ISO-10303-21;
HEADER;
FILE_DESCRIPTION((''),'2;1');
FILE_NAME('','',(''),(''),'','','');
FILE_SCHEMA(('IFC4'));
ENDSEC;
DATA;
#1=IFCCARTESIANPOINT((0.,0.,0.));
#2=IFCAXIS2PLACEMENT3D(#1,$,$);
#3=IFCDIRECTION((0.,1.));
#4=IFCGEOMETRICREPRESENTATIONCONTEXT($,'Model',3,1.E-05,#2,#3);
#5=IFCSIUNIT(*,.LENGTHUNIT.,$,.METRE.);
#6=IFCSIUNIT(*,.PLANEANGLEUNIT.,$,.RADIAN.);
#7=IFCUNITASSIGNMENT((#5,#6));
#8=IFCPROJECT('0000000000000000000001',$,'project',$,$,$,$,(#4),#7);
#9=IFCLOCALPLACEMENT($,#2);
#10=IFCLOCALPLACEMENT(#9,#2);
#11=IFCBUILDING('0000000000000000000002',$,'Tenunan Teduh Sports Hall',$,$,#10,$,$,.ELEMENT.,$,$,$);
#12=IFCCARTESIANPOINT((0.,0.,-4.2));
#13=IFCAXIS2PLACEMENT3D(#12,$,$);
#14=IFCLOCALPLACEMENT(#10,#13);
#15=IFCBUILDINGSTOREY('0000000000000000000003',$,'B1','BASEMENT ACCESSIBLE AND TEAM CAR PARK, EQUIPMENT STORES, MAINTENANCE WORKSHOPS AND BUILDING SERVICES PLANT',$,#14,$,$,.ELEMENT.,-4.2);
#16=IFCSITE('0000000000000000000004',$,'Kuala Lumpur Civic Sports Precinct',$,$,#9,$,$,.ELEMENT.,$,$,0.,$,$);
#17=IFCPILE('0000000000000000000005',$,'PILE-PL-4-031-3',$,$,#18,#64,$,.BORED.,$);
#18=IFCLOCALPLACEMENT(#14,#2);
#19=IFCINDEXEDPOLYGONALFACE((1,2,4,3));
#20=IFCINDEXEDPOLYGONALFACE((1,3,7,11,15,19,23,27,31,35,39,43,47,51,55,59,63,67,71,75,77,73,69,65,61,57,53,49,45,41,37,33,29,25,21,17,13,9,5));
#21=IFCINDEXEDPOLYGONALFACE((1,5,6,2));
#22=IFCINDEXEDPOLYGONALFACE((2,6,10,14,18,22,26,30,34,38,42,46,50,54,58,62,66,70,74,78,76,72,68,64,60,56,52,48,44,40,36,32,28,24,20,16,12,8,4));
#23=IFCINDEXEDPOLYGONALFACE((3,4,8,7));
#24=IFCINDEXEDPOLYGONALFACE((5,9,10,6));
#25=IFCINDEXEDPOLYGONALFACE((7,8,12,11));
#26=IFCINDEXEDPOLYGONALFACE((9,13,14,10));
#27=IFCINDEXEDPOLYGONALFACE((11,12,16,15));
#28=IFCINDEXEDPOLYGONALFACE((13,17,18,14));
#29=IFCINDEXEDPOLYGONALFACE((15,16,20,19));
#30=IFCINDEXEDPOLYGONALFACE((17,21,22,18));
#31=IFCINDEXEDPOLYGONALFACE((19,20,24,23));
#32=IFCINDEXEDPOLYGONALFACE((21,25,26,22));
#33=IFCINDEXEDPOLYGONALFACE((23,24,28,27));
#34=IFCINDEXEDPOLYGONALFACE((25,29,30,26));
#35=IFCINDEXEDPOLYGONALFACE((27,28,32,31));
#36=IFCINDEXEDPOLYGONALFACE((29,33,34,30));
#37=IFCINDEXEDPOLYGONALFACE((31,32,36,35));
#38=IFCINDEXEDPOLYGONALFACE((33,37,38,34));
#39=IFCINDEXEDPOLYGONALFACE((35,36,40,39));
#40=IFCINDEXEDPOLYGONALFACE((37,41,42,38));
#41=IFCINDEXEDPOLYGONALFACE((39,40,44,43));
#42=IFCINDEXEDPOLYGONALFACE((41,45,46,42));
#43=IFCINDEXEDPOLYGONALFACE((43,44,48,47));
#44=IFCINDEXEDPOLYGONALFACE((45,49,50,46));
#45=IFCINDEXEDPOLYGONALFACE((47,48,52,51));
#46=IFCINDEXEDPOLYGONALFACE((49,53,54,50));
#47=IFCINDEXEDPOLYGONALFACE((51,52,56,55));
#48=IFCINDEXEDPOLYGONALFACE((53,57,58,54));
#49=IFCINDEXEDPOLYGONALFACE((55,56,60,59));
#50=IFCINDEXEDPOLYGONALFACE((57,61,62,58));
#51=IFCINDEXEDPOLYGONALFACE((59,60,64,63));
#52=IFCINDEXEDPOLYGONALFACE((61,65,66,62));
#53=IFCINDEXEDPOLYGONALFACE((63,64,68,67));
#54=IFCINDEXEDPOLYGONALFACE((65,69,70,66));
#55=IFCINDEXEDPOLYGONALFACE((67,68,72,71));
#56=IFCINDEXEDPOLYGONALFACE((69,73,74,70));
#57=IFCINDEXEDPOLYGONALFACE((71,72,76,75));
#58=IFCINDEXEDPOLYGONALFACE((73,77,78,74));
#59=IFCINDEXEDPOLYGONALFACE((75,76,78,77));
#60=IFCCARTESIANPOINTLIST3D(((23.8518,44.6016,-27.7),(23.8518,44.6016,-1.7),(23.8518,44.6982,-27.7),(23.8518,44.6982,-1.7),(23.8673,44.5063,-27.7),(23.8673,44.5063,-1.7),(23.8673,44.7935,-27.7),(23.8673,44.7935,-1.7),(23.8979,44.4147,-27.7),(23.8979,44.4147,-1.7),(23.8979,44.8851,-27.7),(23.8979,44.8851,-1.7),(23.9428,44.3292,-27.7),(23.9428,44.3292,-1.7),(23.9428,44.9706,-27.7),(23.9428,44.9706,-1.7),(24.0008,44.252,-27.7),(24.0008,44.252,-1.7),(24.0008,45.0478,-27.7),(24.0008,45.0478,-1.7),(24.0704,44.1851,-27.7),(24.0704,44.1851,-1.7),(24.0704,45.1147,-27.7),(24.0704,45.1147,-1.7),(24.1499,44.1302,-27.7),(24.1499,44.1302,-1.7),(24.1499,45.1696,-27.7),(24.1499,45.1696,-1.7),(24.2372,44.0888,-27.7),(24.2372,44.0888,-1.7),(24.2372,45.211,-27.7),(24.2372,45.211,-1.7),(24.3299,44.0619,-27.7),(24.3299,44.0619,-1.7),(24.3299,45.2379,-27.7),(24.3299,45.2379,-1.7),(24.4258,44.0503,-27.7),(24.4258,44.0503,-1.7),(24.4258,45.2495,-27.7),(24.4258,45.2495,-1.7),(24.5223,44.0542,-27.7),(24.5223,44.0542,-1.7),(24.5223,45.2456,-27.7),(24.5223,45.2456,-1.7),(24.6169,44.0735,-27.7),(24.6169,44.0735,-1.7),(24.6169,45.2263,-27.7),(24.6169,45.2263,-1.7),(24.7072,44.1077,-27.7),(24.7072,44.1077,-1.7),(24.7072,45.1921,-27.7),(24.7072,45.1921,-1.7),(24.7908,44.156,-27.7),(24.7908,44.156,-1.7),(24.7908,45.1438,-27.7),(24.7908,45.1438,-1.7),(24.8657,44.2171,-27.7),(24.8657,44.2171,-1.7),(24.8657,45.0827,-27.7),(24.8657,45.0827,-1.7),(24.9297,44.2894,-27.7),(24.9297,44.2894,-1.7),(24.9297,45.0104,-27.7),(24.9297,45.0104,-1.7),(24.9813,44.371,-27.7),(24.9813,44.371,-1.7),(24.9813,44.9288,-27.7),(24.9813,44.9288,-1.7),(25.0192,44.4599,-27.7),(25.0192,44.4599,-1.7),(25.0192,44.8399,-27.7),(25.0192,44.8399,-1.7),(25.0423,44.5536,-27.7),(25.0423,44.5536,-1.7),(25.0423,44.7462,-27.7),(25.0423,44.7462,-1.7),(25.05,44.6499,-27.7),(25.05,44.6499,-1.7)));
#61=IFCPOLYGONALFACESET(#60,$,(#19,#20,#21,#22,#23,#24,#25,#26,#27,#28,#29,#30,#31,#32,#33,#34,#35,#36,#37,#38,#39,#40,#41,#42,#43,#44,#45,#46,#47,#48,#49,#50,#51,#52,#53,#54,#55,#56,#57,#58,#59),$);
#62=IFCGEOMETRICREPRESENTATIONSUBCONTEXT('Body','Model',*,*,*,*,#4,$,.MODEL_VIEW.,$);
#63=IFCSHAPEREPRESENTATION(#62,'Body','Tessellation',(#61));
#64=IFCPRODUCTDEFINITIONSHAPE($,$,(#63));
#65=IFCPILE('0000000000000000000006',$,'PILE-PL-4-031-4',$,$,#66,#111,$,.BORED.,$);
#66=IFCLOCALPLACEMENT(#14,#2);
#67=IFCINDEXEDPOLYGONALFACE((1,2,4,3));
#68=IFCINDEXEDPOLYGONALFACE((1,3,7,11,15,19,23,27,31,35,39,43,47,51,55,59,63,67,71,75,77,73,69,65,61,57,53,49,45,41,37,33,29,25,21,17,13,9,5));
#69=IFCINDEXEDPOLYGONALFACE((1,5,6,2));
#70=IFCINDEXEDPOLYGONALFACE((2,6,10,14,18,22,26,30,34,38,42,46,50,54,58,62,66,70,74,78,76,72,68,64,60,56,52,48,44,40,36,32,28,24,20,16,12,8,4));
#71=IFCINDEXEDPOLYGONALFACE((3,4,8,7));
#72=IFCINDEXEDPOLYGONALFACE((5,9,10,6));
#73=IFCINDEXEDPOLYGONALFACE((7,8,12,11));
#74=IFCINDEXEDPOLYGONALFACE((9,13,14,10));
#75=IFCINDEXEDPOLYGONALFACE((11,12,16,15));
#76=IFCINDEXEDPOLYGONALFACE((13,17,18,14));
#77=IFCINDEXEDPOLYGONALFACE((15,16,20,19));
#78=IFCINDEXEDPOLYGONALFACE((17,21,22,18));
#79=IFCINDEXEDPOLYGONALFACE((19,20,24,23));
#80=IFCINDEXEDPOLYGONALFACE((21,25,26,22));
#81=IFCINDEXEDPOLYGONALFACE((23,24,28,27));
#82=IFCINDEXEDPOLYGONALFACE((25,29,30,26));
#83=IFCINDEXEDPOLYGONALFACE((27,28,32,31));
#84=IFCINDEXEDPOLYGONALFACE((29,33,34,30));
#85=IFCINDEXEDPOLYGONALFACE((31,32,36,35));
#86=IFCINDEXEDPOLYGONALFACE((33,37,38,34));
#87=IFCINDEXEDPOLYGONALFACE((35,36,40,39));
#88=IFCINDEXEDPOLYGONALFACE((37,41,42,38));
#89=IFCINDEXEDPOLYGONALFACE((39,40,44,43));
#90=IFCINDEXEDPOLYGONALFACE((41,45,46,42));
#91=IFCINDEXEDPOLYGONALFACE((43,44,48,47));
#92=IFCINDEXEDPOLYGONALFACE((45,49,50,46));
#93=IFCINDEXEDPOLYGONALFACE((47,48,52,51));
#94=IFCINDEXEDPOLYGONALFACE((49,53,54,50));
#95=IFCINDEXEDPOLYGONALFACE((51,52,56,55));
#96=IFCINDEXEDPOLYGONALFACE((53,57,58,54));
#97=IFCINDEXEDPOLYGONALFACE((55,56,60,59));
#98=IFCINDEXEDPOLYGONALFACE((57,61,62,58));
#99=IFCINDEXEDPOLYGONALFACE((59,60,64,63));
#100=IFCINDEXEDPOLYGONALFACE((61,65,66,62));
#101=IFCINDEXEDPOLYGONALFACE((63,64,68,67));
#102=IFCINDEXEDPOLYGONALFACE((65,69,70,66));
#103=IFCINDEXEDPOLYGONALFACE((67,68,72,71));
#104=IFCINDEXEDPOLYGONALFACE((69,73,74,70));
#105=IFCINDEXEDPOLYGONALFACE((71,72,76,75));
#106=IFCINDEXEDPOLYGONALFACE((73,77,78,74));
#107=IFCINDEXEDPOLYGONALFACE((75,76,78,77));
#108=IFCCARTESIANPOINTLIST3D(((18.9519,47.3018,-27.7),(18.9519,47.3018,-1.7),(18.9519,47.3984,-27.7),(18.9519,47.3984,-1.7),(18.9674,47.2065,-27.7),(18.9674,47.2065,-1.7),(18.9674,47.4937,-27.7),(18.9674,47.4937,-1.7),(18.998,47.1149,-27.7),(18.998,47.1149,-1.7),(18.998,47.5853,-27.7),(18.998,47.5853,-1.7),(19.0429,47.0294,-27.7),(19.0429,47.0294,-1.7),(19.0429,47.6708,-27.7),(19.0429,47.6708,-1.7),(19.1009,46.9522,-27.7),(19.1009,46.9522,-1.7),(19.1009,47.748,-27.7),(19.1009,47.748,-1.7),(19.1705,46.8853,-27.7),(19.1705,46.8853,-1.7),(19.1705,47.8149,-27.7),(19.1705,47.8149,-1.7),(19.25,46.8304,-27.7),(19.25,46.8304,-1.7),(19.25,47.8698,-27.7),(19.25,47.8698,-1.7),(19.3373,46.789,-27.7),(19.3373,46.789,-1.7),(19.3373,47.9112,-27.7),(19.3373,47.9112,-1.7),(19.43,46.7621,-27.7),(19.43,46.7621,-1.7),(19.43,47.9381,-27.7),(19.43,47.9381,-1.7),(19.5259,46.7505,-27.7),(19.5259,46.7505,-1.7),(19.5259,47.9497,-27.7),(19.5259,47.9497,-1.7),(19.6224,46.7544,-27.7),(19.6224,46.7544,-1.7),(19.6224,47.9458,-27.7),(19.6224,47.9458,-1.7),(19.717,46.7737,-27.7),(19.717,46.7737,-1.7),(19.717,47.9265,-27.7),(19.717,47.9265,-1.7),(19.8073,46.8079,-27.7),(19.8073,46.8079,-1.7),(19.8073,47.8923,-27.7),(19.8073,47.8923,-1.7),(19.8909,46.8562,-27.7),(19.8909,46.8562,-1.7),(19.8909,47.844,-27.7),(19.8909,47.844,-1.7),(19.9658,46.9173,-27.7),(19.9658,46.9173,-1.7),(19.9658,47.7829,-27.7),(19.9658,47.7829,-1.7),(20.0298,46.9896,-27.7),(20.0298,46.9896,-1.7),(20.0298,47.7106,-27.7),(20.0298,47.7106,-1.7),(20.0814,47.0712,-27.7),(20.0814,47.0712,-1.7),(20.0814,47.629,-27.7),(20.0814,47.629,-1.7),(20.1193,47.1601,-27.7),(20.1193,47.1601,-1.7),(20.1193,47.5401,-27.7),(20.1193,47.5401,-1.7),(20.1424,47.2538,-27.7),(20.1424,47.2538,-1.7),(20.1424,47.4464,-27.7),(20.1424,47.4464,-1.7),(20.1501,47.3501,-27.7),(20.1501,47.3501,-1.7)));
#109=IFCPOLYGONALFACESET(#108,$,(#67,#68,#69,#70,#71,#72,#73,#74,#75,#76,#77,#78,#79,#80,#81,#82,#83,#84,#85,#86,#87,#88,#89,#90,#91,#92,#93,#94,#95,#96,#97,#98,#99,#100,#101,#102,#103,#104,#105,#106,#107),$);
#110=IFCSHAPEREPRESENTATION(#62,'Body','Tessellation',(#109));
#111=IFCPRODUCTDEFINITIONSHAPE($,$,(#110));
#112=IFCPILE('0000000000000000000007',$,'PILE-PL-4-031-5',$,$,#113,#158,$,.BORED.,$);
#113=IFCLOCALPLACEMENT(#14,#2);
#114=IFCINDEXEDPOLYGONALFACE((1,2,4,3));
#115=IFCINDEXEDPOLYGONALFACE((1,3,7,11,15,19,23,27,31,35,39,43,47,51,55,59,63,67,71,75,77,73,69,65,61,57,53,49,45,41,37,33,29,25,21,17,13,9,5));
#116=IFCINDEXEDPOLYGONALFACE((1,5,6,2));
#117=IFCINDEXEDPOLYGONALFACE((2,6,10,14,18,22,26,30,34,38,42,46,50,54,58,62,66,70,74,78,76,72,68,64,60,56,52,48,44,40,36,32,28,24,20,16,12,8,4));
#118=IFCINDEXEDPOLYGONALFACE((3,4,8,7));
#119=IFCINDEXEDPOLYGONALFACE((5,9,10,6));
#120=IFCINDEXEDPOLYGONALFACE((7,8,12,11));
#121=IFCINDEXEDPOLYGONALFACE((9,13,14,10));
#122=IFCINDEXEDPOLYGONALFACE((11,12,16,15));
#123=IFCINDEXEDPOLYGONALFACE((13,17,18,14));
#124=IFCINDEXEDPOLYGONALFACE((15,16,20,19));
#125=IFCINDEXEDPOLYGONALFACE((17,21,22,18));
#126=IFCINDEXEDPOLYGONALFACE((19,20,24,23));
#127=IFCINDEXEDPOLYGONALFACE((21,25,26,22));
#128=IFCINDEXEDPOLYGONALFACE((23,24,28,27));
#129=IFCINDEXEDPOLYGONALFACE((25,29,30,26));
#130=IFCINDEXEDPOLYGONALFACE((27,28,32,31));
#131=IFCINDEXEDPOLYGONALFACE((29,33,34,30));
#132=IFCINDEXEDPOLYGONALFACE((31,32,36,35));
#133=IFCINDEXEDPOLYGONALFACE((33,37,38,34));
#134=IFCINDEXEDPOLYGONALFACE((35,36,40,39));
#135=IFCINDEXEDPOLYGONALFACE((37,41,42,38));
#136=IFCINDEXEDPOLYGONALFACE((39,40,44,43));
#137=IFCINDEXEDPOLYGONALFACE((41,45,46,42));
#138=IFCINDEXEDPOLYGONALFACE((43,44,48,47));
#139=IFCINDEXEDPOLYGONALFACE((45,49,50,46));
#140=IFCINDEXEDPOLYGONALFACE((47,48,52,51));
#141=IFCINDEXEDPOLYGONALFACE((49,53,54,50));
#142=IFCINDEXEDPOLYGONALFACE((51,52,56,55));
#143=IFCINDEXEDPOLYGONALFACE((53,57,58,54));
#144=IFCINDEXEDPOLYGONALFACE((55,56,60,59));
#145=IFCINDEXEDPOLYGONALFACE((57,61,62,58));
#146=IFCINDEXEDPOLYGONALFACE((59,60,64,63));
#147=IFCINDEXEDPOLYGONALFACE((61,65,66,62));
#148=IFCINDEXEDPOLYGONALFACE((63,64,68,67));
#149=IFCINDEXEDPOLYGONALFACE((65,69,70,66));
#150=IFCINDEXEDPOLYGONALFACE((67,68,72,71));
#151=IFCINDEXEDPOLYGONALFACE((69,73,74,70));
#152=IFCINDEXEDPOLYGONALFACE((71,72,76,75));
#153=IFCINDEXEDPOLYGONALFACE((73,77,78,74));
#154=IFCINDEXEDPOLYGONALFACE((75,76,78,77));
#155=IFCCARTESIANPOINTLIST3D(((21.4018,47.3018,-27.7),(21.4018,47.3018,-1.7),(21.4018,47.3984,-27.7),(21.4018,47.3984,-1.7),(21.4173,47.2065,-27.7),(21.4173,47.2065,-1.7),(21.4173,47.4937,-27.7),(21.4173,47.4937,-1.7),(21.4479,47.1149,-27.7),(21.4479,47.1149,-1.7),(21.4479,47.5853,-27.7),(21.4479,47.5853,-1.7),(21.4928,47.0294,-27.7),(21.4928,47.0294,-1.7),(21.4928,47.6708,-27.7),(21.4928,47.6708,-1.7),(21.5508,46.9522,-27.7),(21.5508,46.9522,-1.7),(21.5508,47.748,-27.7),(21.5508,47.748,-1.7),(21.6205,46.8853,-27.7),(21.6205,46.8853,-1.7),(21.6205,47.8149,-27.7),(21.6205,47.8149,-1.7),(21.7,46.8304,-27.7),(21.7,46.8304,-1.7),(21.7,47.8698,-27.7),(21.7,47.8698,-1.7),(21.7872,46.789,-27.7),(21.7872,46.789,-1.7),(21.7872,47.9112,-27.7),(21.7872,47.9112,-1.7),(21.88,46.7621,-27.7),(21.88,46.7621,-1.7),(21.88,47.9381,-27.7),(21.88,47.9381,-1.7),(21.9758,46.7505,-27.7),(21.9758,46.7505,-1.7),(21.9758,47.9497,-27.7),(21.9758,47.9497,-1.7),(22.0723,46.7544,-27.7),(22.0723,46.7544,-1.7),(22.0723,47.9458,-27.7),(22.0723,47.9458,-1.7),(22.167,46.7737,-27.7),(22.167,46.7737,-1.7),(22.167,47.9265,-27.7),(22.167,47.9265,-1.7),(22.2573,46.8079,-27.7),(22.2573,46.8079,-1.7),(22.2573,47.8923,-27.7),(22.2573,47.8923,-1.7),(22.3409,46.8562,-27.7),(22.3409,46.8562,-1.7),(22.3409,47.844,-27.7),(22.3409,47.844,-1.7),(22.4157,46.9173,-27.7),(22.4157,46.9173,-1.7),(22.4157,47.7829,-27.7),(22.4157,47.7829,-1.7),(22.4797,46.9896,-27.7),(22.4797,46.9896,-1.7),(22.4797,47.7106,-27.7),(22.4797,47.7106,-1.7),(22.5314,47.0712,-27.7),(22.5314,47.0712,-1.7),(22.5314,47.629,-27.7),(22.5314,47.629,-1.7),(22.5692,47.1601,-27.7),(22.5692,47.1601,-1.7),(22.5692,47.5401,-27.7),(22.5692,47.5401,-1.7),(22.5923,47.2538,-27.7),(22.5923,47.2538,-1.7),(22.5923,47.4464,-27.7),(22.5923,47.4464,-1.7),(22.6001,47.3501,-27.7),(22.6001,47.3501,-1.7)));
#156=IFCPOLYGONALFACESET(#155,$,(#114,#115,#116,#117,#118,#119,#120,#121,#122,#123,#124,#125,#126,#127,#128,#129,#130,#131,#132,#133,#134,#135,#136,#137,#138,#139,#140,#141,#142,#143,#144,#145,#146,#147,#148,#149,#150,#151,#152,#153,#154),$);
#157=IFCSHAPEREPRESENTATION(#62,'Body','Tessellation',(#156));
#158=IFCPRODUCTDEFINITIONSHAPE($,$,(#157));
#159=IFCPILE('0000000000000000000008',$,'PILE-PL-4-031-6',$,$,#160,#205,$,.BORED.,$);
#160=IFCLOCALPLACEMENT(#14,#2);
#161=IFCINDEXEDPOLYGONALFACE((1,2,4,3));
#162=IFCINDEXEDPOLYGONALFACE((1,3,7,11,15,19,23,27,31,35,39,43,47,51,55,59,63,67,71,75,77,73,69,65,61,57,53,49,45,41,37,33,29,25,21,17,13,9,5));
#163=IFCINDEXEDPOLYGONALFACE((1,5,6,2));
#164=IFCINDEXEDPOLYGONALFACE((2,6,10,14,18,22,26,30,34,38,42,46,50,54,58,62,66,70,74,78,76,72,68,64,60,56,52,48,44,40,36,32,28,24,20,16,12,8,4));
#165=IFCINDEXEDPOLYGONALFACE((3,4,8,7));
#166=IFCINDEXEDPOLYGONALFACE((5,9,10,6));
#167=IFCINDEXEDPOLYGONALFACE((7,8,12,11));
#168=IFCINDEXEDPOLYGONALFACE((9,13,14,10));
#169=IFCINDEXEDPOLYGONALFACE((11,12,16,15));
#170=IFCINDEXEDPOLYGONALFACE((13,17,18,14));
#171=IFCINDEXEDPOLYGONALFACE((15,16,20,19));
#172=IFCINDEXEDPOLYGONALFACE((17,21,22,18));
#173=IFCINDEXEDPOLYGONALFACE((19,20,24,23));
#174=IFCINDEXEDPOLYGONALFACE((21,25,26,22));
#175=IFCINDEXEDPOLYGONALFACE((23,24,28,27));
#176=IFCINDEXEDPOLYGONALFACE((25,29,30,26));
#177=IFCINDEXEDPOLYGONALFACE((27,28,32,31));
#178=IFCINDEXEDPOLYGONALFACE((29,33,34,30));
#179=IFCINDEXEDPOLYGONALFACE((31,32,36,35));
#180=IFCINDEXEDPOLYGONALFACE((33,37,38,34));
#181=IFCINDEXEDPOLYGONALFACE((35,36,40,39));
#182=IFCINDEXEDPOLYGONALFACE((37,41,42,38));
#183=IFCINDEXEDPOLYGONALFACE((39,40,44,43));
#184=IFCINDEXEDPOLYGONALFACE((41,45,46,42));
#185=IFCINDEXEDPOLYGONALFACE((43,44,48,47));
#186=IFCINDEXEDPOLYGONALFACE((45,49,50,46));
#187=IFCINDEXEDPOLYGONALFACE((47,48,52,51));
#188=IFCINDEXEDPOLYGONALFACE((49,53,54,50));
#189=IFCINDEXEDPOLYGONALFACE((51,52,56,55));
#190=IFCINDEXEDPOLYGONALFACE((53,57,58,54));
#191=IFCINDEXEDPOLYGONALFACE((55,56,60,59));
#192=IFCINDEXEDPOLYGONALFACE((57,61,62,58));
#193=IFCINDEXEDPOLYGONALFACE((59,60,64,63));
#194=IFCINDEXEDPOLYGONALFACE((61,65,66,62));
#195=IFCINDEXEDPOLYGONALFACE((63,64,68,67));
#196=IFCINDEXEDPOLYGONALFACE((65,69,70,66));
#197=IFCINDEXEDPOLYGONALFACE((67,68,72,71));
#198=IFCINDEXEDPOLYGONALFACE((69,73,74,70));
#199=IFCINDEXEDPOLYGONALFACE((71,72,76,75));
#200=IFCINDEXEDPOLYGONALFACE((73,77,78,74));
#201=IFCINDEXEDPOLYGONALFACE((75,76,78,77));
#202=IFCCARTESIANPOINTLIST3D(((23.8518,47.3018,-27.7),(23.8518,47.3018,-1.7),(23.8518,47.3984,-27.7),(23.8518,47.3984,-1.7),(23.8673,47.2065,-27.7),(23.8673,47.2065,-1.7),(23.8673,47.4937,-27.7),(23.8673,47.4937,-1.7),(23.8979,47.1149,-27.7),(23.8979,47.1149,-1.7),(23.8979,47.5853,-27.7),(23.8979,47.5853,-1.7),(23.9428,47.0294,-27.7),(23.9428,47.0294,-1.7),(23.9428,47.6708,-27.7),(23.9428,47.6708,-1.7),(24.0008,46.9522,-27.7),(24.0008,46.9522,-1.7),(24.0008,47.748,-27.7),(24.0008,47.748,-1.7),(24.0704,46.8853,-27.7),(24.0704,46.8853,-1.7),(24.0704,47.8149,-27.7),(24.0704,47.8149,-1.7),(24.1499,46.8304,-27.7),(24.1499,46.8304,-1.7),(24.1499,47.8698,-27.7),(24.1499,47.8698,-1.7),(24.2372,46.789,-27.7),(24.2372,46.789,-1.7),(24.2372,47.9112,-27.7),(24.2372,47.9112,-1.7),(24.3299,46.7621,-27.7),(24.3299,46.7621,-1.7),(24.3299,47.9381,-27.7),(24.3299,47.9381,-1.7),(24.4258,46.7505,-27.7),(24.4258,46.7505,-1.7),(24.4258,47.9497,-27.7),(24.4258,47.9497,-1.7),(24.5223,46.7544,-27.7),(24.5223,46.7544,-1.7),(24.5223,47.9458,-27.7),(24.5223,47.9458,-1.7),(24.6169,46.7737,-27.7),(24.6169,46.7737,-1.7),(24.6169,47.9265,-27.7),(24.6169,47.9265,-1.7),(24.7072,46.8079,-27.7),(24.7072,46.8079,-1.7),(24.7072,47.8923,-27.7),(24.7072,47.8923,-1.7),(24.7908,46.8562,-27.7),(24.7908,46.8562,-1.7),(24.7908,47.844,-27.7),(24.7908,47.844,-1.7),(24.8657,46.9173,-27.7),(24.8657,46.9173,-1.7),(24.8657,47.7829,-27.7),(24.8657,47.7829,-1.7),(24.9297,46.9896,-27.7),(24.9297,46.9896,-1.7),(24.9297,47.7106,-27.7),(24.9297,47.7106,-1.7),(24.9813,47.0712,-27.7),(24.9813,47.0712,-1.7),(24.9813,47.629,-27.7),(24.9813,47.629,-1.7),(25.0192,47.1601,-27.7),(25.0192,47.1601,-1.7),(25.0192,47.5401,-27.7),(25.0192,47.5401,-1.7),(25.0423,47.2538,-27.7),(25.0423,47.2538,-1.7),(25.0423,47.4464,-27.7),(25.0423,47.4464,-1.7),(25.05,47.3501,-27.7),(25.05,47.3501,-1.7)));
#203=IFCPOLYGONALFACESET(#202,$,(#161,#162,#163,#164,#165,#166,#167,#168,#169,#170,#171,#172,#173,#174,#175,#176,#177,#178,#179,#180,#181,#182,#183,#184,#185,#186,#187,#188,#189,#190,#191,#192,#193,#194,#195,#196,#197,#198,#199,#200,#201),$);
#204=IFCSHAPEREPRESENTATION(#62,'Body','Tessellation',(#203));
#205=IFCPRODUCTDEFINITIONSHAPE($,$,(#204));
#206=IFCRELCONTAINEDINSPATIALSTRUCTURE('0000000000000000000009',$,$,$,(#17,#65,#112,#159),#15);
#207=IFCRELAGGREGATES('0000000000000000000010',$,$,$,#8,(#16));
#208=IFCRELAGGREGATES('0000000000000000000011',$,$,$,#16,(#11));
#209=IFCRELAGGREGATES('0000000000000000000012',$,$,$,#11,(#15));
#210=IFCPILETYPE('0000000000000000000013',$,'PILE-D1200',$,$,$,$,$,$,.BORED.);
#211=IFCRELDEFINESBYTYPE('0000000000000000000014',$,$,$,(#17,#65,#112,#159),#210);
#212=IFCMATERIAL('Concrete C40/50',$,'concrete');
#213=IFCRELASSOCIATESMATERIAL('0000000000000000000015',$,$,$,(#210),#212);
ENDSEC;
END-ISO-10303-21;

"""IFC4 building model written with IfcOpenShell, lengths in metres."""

from ifc_helpers import new_model, si_unit, direction, frame, origin, origin_2d, place, context, subcontext, project, spatial, circle, extrude, material, material_profile, profile_set, type_object, element, save


model = new_model("IFC4")

# Units and contexts
model_context = context("Model", 3, precision=1e-05, world=origin(), true_north=direction((0.0, 1.0)))
body_context = subcontext(model_context, "Body", "Model", "MODEL_VIEW")
ifc_project = project(units=[si_unit("LENGTHUNIT", "METRE"), si_unit("PLANEANGLEUNIT", "RADIAN")], contexts=[model_context])

# Site, building, storey
site_placement = place(None, origin())
site = spatial("IfcSite", under=ifc_project, at=site_placement, Name="Kuala Lumpur Civic Sports Precinct", CompositionType="ELEMENT", RefElevation=0.0)
building_placement = place(site_placement, origin())
building = spatial("IfcBuilding", under=site, at=building_placement, Name="Tenunan Teduh Sports Hall", CompositionType="ELEMENT")
storey_placement = place(building_placement, frame((0.0, 0.0, -4.2)))
storey = spatial("IfcBuildingStorey", under=building, at=storey_placement, Name="B1", Description="BASEMENT ACCESSIBLE AND TEAM CAR PARK, EQUIPMENT STORES, MAINTENANCE WORKSHOPS AND BUILDING SERVICES PLANT", CompositionType="ELEMENT", Elevation=-4.2)

# Piles
ifc_material_1 = material(Name="Concrete C40/50", Category="concrete")
ifc_material_profile_1 = material_profile(ifc_material_1, circle(Radius=0.6001, at=origin_2d()), Name="PILE D1200")
ifc_profile_set_1 = profile_set([ifc_material_profile_1], Name="Concrete C40/50")
pile_type_1 = type_object("IfcPileType", Name="PILE-D1200", PredefinedType="BORED", material=ifc_profile_set_1)
for number, where, z_axis, x_axis, name in (
    (1, (24.45, 44.6499, -1.7), (0.0, 0.0, -1.0), (1.0, 0.0, 0.0), "PILE-PL-4-031-3"),
    (2, (19.55, 47.3501, -1.7), (0.0, 0.0, -1.0), (1.0, 0.0, 0.0), "PILE-PL-4-031-4"),
    (3, (22.0, 47.3501, -1.7), (0.0, 0.0, -1.0), (1.0, 0.0, 0.0), "PILE-PL-4-031-5"),
    (4, (24.45, 47.3501, -1.7), (0.0, 0.0, -1.0), (1.0, 0.0, 0.0), "PILE-PL-4-031-6"),
):
    element("IfcPile", number, at=place(storey_placement, frame(where, z_axis=z_axis, x_axis=x_axis)), inside=storey, type_object=pile_type_1, Name=name, PredefinedType="BORED", context=body_context, shape_type="SweptSolid", body=[
        extrude(circle(Radius=0.6001, at=origin_2d()), origin(), (0.0, 0.0, 1.0), 26.0),
    ])

save(model, "model.ifc")
